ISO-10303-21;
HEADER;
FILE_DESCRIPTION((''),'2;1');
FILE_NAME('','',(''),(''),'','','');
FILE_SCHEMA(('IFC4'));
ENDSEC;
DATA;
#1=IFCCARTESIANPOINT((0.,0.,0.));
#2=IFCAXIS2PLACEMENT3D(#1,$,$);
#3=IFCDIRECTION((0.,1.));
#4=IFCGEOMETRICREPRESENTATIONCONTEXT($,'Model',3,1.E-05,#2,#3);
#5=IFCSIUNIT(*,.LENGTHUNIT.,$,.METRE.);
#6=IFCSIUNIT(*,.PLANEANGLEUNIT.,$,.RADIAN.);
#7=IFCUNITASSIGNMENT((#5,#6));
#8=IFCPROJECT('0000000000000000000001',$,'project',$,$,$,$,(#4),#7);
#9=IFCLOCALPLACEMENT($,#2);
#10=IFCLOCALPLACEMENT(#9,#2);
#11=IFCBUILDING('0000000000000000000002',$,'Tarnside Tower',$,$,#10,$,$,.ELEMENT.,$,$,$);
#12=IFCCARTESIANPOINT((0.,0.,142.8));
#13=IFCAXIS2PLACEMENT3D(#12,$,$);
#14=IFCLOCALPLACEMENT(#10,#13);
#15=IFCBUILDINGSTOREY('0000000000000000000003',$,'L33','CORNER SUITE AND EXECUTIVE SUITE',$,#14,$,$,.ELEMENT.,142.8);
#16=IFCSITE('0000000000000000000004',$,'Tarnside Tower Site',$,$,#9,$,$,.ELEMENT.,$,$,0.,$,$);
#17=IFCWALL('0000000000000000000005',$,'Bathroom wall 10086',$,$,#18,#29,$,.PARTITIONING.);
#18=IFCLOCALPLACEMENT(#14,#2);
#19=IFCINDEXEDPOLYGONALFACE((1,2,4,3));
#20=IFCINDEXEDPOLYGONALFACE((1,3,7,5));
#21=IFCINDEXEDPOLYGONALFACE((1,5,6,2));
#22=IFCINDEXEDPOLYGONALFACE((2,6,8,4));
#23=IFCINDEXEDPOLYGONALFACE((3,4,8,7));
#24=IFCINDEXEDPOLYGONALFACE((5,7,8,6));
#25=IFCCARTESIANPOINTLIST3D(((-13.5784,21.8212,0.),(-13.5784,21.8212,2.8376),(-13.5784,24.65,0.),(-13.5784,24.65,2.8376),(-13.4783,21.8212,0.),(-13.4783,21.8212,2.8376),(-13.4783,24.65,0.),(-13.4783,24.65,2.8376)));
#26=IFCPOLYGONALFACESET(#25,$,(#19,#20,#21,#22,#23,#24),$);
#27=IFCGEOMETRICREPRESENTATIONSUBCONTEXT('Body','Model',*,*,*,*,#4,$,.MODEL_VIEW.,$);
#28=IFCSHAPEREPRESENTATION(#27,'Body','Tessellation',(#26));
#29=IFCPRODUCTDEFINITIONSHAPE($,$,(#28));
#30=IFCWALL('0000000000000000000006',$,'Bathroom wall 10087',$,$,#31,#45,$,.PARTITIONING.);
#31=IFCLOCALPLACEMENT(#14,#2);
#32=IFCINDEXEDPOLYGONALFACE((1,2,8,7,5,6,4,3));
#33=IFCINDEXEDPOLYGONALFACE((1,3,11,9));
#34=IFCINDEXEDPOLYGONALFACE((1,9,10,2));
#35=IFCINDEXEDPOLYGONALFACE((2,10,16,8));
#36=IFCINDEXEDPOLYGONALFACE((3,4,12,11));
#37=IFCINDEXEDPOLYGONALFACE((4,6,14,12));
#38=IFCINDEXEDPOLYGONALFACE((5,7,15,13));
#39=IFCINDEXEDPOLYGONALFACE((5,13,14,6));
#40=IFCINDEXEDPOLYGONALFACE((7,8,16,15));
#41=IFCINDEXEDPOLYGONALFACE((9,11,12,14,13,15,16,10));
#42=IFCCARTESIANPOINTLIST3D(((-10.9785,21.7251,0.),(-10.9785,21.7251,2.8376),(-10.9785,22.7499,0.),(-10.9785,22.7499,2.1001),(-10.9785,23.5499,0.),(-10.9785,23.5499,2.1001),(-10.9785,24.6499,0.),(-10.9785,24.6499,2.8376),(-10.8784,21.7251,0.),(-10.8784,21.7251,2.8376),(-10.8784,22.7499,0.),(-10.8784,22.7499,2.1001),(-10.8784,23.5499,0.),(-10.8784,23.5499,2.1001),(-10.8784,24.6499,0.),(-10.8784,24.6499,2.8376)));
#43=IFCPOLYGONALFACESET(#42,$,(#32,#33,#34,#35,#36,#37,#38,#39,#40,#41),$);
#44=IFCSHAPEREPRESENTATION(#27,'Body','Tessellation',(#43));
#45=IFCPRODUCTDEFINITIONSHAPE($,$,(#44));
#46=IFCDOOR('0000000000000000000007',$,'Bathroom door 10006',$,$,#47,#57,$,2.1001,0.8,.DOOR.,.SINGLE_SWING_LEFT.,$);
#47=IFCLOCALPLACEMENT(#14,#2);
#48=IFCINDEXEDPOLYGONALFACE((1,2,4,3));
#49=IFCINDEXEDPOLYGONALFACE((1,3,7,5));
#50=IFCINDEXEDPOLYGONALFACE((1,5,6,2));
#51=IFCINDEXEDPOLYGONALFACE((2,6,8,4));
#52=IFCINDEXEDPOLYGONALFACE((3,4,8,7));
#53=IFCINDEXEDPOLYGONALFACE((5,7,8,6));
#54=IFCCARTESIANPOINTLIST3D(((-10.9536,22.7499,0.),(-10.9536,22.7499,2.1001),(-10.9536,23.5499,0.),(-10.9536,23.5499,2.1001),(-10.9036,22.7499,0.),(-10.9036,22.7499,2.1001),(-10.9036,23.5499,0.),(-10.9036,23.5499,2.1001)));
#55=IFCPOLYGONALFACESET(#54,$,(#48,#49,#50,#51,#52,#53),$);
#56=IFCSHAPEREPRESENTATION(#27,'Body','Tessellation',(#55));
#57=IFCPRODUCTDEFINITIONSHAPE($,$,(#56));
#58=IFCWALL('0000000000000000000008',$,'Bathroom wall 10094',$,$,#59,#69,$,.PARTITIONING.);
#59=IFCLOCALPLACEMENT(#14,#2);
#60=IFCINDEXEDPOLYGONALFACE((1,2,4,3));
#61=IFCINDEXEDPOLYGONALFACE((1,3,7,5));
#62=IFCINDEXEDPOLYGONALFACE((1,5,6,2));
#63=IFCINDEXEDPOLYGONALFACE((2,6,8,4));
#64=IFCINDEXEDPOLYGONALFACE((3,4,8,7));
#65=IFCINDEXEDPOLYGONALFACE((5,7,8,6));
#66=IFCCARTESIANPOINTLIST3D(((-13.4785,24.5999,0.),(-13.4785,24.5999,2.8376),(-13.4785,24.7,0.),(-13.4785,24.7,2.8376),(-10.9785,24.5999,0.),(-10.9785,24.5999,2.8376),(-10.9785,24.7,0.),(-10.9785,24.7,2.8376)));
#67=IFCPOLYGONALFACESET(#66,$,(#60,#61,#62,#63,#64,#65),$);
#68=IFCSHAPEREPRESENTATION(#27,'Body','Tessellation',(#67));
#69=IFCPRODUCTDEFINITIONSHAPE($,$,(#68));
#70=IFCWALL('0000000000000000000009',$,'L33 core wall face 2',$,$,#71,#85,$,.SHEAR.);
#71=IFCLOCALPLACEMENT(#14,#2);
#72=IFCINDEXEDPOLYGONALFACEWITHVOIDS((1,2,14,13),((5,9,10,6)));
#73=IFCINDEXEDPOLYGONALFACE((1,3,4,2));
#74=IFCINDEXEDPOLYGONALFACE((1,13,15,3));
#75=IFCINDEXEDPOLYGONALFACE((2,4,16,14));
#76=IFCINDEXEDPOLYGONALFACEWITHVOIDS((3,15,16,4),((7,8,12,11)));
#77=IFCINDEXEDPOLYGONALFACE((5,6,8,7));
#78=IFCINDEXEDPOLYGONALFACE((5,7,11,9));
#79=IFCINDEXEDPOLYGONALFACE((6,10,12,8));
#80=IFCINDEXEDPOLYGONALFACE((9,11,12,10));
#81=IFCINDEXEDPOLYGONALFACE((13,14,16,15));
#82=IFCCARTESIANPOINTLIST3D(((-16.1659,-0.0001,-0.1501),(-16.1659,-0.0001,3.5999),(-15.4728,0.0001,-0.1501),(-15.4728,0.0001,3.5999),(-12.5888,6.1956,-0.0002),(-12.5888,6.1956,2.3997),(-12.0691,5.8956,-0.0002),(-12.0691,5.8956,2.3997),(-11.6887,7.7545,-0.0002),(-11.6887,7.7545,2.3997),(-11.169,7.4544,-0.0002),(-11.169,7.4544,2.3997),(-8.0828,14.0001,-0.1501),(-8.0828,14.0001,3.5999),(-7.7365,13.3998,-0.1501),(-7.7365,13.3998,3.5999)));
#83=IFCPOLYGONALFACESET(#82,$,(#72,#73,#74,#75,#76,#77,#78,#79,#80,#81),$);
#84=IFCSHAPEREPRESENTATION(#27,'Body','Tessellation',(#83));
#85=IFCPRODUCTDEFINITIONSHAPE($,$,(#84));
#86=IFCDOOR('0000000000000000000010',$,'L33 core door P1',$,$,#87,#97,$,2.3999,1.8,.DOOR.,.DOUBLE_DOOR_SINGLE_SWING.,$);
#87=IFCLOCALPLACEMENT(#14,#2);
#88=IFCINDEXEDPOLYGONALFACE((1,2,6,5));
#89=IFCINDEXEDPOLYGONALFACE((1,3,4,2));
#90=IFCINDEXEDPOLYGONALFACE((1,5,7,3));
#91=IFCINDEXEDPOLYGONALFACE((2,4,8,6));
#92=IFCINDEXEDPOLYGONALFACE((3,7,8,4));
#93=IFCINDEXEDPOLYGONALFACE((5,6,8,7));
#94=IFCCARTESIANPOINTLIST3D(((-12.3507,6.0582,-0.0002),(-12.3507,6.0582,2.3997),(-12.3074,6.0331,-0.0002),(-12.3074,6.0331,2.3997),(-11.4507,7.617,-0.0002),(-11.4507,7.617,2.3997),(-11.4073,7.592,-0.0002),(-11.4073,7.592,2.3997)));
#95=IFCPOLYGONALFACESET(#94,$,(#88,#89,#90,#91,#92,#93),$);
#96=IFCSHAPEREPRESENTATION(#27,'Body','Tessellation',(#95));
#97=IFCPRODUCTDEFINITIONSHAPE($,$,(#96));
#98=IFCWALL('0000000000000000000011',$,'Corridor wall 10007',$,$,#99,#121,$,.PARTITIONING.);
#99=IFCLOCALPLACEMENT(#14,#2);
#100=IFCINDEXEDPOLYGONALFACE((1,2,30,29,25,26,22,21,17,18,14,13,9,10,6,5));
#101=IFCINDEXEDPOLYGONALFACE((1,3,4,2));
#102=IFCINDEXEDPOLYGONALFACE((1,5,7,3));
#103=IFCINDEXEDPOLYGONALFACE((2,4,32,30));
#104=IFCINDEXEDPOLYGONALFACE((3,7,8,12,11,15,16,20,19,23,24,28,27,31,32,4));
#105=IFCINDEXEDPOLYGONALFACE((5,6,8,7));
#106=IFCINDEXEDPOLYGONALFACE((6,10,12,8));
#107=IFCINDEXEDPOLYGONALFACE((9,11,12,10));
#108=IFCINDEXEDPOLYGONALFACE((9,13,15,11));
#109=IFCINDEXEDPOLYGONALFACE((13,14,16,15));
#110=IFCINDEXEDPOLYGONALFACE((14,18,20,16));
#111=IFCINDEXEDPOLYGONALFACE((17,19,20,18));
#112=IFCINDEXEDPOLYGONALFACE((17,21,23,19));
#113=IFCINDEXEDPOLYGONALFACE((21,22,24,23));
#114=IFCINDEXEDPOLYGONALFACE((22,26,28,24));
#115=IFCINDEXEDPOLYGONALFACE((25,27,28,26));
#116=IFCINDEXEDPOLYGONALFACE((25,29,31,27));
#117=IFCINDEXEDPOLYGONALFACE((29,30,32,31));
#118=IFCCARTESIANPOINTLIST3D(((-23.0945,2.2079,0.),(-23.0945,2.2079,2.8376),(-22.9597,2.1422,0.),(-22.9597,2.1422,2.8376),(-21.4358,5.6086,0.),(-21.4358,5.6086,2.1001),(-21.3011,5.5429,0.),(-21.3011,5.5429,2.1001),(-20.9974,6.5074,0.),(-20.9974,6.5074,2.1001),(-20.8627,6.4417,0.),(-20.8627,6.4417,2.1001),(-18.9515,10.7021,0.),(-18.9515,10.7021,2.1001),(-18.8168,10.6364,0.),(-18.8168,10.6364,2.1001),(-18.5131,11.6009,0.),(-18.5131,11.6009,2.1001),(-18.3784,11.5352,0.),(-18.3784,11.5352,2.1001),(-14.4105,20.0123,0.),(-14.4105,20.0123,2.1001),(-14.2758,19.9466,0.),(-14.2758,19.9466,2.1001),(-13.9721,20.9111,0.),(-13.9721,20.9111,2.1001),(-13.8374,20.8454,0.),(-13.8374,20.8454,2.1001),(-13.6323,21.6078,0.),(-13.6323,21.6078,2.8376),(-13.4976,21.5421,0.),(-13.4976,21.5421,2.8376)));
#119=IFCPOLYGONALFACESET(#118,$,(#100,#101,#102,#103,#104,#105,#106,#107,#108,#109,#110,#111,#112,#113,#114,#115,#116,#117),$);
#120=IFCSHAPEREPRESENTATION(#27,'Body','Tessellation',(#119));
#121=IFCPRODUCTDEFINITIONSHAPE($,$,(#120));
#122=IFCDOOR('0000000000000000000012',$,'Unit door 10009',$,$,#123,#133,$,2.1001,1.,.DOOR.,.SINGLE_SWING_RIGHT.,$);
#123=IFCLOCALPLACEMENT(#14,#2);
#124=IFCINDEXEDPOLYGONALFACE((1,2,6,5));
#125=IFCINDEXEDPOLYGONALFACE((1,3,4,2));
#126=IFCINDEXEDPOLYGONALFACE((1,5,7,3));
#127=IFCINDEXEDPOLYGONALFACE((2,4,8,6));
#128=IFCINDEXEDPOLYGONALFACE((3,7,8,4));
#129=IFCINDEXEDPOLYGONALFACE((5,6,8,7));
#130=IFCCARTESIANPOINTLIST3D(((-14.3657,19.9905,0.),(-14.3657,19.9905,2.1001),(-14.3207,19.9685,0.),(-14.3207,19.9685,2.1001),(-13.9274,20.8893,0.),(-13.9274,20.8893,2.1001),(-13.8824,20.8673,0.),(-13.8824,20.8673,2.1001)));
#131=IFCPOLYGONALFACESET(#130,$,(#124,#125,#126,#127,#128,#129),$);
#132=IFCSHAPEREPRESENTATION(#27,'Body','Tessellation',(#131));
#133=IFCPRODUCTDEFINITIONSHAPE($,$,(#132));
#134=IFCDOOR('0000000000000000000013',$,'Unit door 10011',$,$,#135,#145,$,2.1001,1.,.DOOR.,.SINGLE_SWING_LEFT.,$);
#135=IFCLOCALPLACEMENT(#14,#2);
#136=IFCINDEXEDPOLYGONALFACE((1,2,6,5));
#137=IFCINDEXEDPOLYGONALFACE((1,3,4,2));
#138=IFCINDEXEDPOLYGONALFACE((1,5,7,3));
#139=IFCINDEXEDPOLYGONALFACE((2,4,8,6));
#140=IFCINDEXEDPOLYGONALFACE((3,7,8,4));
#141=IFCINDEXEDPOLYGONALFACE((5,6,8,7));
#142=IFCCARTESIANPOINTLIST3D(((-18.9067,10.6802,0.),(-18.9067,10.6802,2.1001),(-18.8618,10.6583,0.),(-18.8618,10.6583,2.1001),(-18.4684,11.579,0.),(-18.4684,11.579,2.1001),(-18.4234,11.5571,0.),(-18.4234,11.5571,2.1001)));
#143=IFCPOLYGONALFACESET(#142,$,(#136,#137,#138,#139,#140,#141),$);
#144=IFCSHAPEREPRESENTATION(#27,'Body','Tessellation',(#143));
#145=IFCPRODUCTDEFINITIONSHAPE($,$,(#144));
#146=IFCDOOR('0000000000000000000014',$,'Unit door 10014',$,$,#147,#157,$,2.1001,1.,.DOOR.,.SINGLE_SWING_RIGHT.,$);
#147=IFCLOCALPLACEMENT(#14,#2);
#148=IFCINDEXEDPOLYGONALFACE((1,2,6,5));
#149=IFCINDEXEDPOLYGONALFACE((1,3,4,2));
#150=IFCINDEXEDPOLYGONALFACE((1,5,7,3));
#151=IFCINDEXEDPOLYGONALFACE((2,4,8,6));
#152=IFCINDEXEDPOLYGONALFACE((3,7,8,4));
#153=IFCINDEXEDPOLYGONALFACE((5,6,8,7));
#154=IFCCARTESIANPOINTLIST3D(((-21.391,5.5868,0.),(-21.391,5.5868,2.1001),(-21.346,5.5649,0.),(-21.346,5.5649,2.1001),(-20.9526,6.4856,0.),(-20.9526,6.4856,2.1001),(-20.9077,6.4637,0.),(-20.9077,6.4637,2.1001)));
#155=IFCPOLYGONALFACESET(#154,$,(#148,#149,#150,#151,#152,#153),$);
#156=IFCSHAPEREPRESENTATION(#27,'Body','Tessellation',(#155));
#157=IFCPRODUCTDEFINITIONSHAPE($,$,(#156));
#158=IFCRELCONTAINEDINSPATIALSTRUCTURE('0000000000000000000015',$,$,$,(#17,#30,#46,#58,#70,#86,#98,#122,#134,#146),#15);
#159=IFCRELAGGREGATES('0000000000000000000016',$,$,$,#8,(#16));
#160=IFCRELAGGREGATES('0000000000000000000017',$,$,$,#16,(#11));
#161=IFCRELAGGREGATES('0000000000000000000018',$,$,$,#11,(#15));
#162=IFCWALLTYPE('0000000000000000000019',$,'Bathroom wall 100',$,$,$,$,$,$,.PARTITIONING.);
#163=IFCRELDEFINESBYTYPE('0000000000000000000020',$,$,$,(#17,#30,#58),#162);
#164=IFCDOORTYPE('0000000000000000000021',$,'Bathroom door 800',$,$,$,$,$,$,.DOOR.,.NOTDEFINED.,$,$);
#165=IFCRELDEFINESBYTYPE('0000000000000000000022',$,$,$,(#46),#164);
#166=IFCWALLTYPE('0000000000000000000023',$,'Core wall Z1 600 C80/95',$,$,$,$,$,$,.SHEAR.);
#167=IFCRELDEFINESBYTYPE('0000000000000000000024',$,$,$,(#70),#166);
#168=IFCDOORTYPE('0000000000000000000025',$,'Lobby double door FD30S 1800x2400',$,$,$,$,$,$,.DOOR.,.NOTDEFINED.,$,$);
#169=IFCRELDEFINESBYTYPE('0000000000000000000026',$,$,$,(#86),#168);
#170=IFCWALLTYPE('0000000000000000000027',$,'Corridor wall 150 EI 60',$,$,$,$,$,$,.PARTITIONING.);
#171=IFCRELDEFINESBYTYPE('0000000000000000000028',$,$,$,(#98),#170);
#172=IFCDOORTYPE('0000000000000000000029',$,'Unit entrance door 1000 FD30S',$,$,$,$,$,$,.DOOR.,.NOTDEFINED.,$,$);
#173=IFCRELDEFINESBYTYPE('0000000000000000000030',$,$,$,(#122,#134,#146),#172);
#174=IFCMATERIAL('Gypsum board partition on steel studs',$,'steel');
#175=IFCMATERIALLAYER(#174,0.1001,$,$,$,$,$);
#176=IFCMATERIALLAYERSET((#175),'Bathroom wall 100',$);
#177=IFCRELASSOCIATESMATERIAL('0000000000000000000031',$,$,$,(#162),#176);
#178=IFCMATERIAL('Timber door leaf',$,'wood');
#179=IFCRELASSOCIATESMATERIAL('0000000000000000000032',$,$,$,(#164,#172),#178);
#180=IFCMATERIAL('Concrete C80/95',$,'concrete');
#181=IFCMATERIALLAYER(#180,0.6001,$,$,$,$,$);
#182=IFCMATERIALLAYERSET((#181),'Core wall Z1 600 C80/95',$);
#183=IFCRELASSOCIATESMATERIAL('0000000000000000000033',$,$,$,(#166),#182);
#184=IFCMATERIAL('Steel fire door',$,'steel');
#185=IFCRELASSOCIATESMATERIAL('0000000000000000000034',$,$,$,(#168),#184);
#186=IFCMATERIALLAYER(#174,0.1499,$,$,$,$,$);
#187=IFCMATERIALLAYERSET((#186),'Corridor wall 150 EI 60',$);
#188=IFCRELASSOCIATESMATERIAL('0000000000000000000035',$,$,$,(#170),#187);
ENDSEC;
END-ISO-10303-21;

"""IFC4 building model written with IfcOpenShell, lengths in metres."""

from ifc_helpers import new_model, si_unit, direction, frame, frame_2d, origin, place, context, subcontext, project, spatial, polyline, rectangle, outline, extrude, material, layer, layer_set, type_object, element, fill, save


model = new_model("IFC4")

# Units and contexts
model_context = context("Model", 3, precision=1e-05, world=origin(), true_north=direction((0.0, 1.0)))
body_context = subcontext(model_context, "Body", "Model", "MODEL_VIEW")
ifc_project = project(units=[si_unit("LENGTHUNIT", "METRE"), si_unit("PLANEANGLEUNIT", "RADIAN")], contexts=[model_context])

# Site, building, storey
site_placement = place(None, origin())
site = spatial("IfcSite", under=ifc_project, at=site_placement, Name="Tarnside Tower Site", CompositionType="ELEMENT", RefElevation=0.0)
building_placement = place(site_placement, origin())
building = spatial("IfcBuilding", under=site, at=building_placement, Name="Tarnside Tower", CompositionType="ELEMENT")
storey_placement = place(building_placement, frame((0.0, 0.0, 142.8)))
storey = spatial("IfcBuildingStorey", under=building, at=storey_placement, Name="L33", Description="CORNER SUITE AND EXECUTIVE SUITE", CompositionType="ELEMENT", Elevation=142.8)

# Wall
ifc_material_1 = material(Name="Gypsum board partition on steel studs", Category="steel")
ifc_layer_1 = layer(ifc_material_1, 0.1001)
ifc_layer_set_1 = layer_set([ifc_layer_1], Name="Bathroom wall 100")
wall_type_1 = type_object("IfcWallType", Name="Bathroom wall 100", PredefinedType="PARTITIONING", material=ifc_layer_set_1)
wall_1_placement = place(storey_placement, frame((-13.5283, 21.821, 0.0), z_axis=(0.0, 0.0, 1.0), x_axis=(0.0, 1.0, 0.0)))
element("IfcWall", 1, at=wall_1_placement, inside=storey, type_object=wall_type_1, Name="Bathroom wall 10086", PredefinedType="PARTITIONING", context=body_context, shape_type="SweptSolid", body=[
    extrude(rectangle(XDim=2.8289, YDim=0.1001, at=frame_2d((1.4146, 0.0))), origin(), (0.0, 0.0, 1.0), 2.8376),
])

# Wall, opening, door
wall_2_placement = place(storey_placement, frame((-10.9285, 24.6499, 0.0), z_axis=(0.0, 0.0, 1.0), x_axis=(0.0, -1.0, 0.0)))
wall_2 = element("IfcWall", 2, at=wall_2_placement, inside=storey, type_object=wall_type_1, Name="Bathroom wall 10087", PredefinedType="PARTITIONING", context=body_context, shape_type="SweptSolid", body=[
    extrude(rectangle(XDim=2.9248, YDim=0.1001, at=frame_2d((1.4624, 0.0))), origin(), (0.0, 0.0, 1.0), 2.8376),
])
opening_1_placement = place(wall_2_placement, frame((1.1001, 0.0, 0.0)))
opening_1 = element("IfcOpeningElement", 3, at=opening_1_placement, cuts=wall_2, PredefinedType="OPENING", context=body_context, shape_type="SweptSolid", body=[
    extrude(rectangle(XDim=0.8, YDim=2.1001, at=frame_2d((0.3999, 1.05))), frame((0.0, 0.0601, 0.0), z_axis=(0.0, -1.0, 0.0), x_axis=(1.0, 0.0, 0.0)), (0.0, 0.0, 1.0), 0.1201),
])
ifc_material_2 = material(Name="Timber door leaf", Category="wood")
door_type_1 = type_object("IfcDoorType", Name="Bathroom door 800", OperationType="NOTDEFINED", PredefinedType="DOOR", material=ifc_material_2)
door_1_placement = place(opening_1_placement, origin())
door_1 = element("IfcDoor", 4, at=door_1_placement, inside=storey, type_object=door_type_1, Name="Bathroom door 10006", OperationType="SINGLE_SWING_LEFT", OverallHeight=2.1001, OverallWidth=0.8, PredefinedType="DOOR", context=body_context, shape_type="SweptSolid", body=[
    extrude(rectangle(XDim=0.8, YDim=2.1001, at=frame_2d((0.3999, 1.05))), frame((0.0, 0.0249, 0.0), z_axis=(0.0, -1.0, 0.0), x_axis=(1.0, 0.0, 0.0)), (0.0, 0.0, 1.0), 0.05),
])
fill(opening_1, door_1)

# Wall
wall_3_placement = place(storey_placement, frame((-10.9785, 24.6499, 0.0), z_axis=(0.0, 0.0, 1.0), x_axis=(-1.0, 0.0, 0.0)))
element("IfcWall", 5, at=wall_3_placement, inside=storey, type_object=wall_type_1, Name="Bathroom wall 10094", PredefinedType="PARTITIONING", context=body_context, shape_type="SweptSolid", body=[
    extrude(rectangle(XDim=2.5, YDim=0.1001, at=frame_2d((1.25, 0.0))), origin(), (0.0, 0.0, 1.0), 2.8376),
])

# Wall, opening, door
ifc_material_3 = material(Name="Concrete C80/95", Category="concrete")
ifc_layer_2 = layer(ifc_material_3, 0.6001)
ifc_layer_set_2 = layer_set([ifc_layer_2], Name="Core wall Z1 600 C80/95")
wall_type_2 = type_object("IfcWallType", Name="Core wall Z1 600 C80/95", PredefinedType="SHEAR", material=ifc_layer_set_2)
wall_4_placement = place(storey_placement, frame((-7.9097, 13.7, -0.1501), z_axis=(0.0, 0.0, 1.0), x_axis=(-0.5, -0.866025, 0.0)))
wall_4 = element("IfcWall", 6, at=wall_4_placement, inside=storey, type_object=wall_type_2, Name="L33 core wall face 2", PredefinedType="SHEAR", context=body_context, shape_type="SweptSolid", body=[
    extrude(outline(polyline([(-0.1733, -0.3), (15.9927, -0.3), (15.646, 0.3), (0.1733, 0.3), (-0.1733, -0.3)])), origin(), (0.0, 0.0, 1.0), 3.75),
])
opening_2_placement = place(wall_4_placement, frame((7.0386, 0.0, 0.1499)))
opening_2 = element("IfcOpeningElement", 7, at=opening_2_placement, cuts=wall_4, PredefinedType="OPENING", context=body_context, shape_type="SweptSolid", body=[
    extrude(rectangle(XDim=1.8, YDim=2.3999, at=frame_2d((0.8999, 1.2))), frame((0.0, 0.3101, 0.0), z_axis=(0.0, -1.0, 0.0), x_axis=(1.0, 0.0, 0.0)), (0.0, 0.0, 1.0), 0.6201),
])
ifc_material_4 = material(Name="Steel fire door", Category="steel")
door_type_2 = type_object("IfcDoorType", Name="Lobby double door FD30S 1800x2400", OperationType="NOTDEFINED", PredefinedType="DOOR", material=ifc_material_4)
door_2_placement = place(opening_2_placement, origin())
door_2 = element("IfcDoor", 8, at=door_2_placement, inside=storey, type_object=door_type_2, Name="L33 core door P1", OperationType="DOUBLE_DOOR_SINGLE_SWING", OverallHeight=2.3999, OverallWidth=1.8, PredefinedType="DOOR", context=body_context, shape_type="SweptSolid", body=[
    extrude(rectangle(XDim=1.8, YDim=2.3999, at=frame_2d((0.8999, 1.2))), frame((0.0, 0.0249, 0.0), z_axis=(0.0, -1.0, 0.0), x_axis=(1.0, 0.0, 0.0)), (0.0, 0.0, 1.0), 0.05),
])
fill(opening_2, door_2)

# Wall, openings, doors
ifc_layer_3 = layer(ifc_material_1, 0.1499)
ifc_layer_set_3 = layer_set([ifc_layer_3], Name="Corridor wall 150 EI 60")
wall_type_3 = type_object("IfcWallType", Name="Corridor wall 150 EI 60", PredefinedType="PARTITIONING", material=ifc_layer_set_3)
wall_5_placement = place(storey_placement, frame((-13.5649, 21.575, 0.0), z_axis=(0.0, 0.0, 1.0), x_axis=(-0.438378, -0.898791, 0.0)))
wall_5 = element("IfcWall", 9, at=wall_5_placement, inside=storey, type_object=wall_type_3, Name="Corridor wall 10007", PredefinedType="PARTITIONING", context=body_context, shape_type="SweptSolid", body=[
    extrude(rectangle(XDim=21.5845, YDim=0.1499, at=frame_2d((10.7922, 0.0))), origin(), (0.0, 0.0, 1.0), 2.8376),
])
opening_3_placement = place(wall_5_placement, frame((0.7751, 0.0, 0.0)))
opening_3 = element("IfcOpeningElement", 10, at=opening_3_placement, cuts=wall_5, PredefinedType="OPENING", context=body_context, shape_type="SweptSolid", body=[
    extrude(rectangle(XDim=1.0, YDim=2.1001, at=frame_2d((0.5, 1.05))), frame((0.0, 0.085, 0.0), z_axis=(0.0, -1.0, 0.0), x_axis=(1.0, 0.0, 0.0)), (0.0, 0.0, 1.0), 0.1699),
])
opening_4_placement = place(wall_5_placement, frame((11.1338, 0.0, 0.0)))
opening_4 = element("IfcOpeningElement", 11, at=opening_4_placement, cuts=wall_5, PredefinedType="OPENING", context=body_context, shape_type="SweptSolid", body=[
    extrude(rectangle(XDim=1.0, YDim=2.1001, at=frame_2d((0.5, 1.05))), frame((0.0, 0.085, 0.0), z_axis=(0.0, -1.0, 0.0), x_axis=(1.0, 0.0, 0.0)), (0.0, 0.0, 1.0), 0.1699),
])
opening_5_placement = place(wall_5_placement, frame((16.8008, 0.0, 0.0)))
opening_5 = element("IfcOpeningElement", 12, at=opening_5_placement, cuts=wall_5, PredefinedType="OPENING", context=body_context, shape_type="SweptSolid", body=[
    extrude(rectangle(XDim=1.0, YDim=2.1001, at=frame_2d((0.5, 1.05))), frame((0.0, 0.085, 0.0), z_axis=(0.0, -1.0, 0.0), x_axis=(1.0, 0.0, 0.0)), (0.0, 0.0, 1.0), 0.1699),
])
door_type_3 = type_object("IfcDoorType", Name="Unit entrance door 1000 FD30S", OperationType="NOTDEFINED", PredefinedType="DOOR", material=ifc_material_2)
door_3_placement = place(opening_3_placement, origin())
door_3 = element("IfcDoor", 13, at=door_3_placement, inside=storey, type_object=door_type_3, Name="Unit door 10009", OperationType="SINGLE_SWING_RIGHT", OverallHeight=2.1001, OverallWidth=1.0, PredefinedType="DOOR", context=body_context, shape_type="SweptSolid", body=[
    extrude(rectangle(XDim=1.0, YDim=2.1001, at=frame_2d((0.5, 1.05))), frame((0.0, 0.0249, 0.0), z_axis=(0.0, -1.0, 0.0), x_axis=(1.0, 0.0, 0.0)), (0.0, 0.0, 1.0), 0.05),
])
fill(opening_3, door_3)
door_4_placement = place(opening_4_placement, origin())
door_4 = element("IfcDoor", 14, at=door_4_placement, inside=storey, type_object=door_type_3, Name="Unit door 10011", OperationType="SINGLE_SWING_LEFT", OverallHeight=2.1001, OverallWidth=1.0, PredefinedType="DOOR", context=body_context, shape_type="SweptSolid", body=[
    extrude(rectangle(XDim=1.0, YDim=2.1001, at=frame_2d((0.5, 1.05))), frame((0.0, 0.0249, 0.0), z_axis=(0.0, -1.0, 0.0), x_axis=(1.0, 0.0, 0.0)), (0.0, 0.0, 1.0), 0.05),
])
fill(opening_4, door_4)
door_5_placement = place(opening_5_placement, origin())
door_5 = element("IfcDoor", 15, at=door_5_placement, inside=storey, type_object=door_type_3, Name="Unit door 10014", OperationType="SINGLE_SWING_RIGHT", OverallHeight=2.1001, OverallWidth=1.0, PredefinedType="DOOR", context=body_context, shape_type="SweptSolid", body=[
    extrude(rectangle(XDim=1.0, YDim=2.1001, at=frame_2d((0.5, 1.05))), frame((0.0, 0.0249, 0.0), z_axis=(0.0, -1.0, 0.0), x_axis=(1.0, 0.0, 0.0)), (0.0, 0.0, 1.0), 0.05),
])
fill(opening_5, door_5)

save(model, "model.ifc")
